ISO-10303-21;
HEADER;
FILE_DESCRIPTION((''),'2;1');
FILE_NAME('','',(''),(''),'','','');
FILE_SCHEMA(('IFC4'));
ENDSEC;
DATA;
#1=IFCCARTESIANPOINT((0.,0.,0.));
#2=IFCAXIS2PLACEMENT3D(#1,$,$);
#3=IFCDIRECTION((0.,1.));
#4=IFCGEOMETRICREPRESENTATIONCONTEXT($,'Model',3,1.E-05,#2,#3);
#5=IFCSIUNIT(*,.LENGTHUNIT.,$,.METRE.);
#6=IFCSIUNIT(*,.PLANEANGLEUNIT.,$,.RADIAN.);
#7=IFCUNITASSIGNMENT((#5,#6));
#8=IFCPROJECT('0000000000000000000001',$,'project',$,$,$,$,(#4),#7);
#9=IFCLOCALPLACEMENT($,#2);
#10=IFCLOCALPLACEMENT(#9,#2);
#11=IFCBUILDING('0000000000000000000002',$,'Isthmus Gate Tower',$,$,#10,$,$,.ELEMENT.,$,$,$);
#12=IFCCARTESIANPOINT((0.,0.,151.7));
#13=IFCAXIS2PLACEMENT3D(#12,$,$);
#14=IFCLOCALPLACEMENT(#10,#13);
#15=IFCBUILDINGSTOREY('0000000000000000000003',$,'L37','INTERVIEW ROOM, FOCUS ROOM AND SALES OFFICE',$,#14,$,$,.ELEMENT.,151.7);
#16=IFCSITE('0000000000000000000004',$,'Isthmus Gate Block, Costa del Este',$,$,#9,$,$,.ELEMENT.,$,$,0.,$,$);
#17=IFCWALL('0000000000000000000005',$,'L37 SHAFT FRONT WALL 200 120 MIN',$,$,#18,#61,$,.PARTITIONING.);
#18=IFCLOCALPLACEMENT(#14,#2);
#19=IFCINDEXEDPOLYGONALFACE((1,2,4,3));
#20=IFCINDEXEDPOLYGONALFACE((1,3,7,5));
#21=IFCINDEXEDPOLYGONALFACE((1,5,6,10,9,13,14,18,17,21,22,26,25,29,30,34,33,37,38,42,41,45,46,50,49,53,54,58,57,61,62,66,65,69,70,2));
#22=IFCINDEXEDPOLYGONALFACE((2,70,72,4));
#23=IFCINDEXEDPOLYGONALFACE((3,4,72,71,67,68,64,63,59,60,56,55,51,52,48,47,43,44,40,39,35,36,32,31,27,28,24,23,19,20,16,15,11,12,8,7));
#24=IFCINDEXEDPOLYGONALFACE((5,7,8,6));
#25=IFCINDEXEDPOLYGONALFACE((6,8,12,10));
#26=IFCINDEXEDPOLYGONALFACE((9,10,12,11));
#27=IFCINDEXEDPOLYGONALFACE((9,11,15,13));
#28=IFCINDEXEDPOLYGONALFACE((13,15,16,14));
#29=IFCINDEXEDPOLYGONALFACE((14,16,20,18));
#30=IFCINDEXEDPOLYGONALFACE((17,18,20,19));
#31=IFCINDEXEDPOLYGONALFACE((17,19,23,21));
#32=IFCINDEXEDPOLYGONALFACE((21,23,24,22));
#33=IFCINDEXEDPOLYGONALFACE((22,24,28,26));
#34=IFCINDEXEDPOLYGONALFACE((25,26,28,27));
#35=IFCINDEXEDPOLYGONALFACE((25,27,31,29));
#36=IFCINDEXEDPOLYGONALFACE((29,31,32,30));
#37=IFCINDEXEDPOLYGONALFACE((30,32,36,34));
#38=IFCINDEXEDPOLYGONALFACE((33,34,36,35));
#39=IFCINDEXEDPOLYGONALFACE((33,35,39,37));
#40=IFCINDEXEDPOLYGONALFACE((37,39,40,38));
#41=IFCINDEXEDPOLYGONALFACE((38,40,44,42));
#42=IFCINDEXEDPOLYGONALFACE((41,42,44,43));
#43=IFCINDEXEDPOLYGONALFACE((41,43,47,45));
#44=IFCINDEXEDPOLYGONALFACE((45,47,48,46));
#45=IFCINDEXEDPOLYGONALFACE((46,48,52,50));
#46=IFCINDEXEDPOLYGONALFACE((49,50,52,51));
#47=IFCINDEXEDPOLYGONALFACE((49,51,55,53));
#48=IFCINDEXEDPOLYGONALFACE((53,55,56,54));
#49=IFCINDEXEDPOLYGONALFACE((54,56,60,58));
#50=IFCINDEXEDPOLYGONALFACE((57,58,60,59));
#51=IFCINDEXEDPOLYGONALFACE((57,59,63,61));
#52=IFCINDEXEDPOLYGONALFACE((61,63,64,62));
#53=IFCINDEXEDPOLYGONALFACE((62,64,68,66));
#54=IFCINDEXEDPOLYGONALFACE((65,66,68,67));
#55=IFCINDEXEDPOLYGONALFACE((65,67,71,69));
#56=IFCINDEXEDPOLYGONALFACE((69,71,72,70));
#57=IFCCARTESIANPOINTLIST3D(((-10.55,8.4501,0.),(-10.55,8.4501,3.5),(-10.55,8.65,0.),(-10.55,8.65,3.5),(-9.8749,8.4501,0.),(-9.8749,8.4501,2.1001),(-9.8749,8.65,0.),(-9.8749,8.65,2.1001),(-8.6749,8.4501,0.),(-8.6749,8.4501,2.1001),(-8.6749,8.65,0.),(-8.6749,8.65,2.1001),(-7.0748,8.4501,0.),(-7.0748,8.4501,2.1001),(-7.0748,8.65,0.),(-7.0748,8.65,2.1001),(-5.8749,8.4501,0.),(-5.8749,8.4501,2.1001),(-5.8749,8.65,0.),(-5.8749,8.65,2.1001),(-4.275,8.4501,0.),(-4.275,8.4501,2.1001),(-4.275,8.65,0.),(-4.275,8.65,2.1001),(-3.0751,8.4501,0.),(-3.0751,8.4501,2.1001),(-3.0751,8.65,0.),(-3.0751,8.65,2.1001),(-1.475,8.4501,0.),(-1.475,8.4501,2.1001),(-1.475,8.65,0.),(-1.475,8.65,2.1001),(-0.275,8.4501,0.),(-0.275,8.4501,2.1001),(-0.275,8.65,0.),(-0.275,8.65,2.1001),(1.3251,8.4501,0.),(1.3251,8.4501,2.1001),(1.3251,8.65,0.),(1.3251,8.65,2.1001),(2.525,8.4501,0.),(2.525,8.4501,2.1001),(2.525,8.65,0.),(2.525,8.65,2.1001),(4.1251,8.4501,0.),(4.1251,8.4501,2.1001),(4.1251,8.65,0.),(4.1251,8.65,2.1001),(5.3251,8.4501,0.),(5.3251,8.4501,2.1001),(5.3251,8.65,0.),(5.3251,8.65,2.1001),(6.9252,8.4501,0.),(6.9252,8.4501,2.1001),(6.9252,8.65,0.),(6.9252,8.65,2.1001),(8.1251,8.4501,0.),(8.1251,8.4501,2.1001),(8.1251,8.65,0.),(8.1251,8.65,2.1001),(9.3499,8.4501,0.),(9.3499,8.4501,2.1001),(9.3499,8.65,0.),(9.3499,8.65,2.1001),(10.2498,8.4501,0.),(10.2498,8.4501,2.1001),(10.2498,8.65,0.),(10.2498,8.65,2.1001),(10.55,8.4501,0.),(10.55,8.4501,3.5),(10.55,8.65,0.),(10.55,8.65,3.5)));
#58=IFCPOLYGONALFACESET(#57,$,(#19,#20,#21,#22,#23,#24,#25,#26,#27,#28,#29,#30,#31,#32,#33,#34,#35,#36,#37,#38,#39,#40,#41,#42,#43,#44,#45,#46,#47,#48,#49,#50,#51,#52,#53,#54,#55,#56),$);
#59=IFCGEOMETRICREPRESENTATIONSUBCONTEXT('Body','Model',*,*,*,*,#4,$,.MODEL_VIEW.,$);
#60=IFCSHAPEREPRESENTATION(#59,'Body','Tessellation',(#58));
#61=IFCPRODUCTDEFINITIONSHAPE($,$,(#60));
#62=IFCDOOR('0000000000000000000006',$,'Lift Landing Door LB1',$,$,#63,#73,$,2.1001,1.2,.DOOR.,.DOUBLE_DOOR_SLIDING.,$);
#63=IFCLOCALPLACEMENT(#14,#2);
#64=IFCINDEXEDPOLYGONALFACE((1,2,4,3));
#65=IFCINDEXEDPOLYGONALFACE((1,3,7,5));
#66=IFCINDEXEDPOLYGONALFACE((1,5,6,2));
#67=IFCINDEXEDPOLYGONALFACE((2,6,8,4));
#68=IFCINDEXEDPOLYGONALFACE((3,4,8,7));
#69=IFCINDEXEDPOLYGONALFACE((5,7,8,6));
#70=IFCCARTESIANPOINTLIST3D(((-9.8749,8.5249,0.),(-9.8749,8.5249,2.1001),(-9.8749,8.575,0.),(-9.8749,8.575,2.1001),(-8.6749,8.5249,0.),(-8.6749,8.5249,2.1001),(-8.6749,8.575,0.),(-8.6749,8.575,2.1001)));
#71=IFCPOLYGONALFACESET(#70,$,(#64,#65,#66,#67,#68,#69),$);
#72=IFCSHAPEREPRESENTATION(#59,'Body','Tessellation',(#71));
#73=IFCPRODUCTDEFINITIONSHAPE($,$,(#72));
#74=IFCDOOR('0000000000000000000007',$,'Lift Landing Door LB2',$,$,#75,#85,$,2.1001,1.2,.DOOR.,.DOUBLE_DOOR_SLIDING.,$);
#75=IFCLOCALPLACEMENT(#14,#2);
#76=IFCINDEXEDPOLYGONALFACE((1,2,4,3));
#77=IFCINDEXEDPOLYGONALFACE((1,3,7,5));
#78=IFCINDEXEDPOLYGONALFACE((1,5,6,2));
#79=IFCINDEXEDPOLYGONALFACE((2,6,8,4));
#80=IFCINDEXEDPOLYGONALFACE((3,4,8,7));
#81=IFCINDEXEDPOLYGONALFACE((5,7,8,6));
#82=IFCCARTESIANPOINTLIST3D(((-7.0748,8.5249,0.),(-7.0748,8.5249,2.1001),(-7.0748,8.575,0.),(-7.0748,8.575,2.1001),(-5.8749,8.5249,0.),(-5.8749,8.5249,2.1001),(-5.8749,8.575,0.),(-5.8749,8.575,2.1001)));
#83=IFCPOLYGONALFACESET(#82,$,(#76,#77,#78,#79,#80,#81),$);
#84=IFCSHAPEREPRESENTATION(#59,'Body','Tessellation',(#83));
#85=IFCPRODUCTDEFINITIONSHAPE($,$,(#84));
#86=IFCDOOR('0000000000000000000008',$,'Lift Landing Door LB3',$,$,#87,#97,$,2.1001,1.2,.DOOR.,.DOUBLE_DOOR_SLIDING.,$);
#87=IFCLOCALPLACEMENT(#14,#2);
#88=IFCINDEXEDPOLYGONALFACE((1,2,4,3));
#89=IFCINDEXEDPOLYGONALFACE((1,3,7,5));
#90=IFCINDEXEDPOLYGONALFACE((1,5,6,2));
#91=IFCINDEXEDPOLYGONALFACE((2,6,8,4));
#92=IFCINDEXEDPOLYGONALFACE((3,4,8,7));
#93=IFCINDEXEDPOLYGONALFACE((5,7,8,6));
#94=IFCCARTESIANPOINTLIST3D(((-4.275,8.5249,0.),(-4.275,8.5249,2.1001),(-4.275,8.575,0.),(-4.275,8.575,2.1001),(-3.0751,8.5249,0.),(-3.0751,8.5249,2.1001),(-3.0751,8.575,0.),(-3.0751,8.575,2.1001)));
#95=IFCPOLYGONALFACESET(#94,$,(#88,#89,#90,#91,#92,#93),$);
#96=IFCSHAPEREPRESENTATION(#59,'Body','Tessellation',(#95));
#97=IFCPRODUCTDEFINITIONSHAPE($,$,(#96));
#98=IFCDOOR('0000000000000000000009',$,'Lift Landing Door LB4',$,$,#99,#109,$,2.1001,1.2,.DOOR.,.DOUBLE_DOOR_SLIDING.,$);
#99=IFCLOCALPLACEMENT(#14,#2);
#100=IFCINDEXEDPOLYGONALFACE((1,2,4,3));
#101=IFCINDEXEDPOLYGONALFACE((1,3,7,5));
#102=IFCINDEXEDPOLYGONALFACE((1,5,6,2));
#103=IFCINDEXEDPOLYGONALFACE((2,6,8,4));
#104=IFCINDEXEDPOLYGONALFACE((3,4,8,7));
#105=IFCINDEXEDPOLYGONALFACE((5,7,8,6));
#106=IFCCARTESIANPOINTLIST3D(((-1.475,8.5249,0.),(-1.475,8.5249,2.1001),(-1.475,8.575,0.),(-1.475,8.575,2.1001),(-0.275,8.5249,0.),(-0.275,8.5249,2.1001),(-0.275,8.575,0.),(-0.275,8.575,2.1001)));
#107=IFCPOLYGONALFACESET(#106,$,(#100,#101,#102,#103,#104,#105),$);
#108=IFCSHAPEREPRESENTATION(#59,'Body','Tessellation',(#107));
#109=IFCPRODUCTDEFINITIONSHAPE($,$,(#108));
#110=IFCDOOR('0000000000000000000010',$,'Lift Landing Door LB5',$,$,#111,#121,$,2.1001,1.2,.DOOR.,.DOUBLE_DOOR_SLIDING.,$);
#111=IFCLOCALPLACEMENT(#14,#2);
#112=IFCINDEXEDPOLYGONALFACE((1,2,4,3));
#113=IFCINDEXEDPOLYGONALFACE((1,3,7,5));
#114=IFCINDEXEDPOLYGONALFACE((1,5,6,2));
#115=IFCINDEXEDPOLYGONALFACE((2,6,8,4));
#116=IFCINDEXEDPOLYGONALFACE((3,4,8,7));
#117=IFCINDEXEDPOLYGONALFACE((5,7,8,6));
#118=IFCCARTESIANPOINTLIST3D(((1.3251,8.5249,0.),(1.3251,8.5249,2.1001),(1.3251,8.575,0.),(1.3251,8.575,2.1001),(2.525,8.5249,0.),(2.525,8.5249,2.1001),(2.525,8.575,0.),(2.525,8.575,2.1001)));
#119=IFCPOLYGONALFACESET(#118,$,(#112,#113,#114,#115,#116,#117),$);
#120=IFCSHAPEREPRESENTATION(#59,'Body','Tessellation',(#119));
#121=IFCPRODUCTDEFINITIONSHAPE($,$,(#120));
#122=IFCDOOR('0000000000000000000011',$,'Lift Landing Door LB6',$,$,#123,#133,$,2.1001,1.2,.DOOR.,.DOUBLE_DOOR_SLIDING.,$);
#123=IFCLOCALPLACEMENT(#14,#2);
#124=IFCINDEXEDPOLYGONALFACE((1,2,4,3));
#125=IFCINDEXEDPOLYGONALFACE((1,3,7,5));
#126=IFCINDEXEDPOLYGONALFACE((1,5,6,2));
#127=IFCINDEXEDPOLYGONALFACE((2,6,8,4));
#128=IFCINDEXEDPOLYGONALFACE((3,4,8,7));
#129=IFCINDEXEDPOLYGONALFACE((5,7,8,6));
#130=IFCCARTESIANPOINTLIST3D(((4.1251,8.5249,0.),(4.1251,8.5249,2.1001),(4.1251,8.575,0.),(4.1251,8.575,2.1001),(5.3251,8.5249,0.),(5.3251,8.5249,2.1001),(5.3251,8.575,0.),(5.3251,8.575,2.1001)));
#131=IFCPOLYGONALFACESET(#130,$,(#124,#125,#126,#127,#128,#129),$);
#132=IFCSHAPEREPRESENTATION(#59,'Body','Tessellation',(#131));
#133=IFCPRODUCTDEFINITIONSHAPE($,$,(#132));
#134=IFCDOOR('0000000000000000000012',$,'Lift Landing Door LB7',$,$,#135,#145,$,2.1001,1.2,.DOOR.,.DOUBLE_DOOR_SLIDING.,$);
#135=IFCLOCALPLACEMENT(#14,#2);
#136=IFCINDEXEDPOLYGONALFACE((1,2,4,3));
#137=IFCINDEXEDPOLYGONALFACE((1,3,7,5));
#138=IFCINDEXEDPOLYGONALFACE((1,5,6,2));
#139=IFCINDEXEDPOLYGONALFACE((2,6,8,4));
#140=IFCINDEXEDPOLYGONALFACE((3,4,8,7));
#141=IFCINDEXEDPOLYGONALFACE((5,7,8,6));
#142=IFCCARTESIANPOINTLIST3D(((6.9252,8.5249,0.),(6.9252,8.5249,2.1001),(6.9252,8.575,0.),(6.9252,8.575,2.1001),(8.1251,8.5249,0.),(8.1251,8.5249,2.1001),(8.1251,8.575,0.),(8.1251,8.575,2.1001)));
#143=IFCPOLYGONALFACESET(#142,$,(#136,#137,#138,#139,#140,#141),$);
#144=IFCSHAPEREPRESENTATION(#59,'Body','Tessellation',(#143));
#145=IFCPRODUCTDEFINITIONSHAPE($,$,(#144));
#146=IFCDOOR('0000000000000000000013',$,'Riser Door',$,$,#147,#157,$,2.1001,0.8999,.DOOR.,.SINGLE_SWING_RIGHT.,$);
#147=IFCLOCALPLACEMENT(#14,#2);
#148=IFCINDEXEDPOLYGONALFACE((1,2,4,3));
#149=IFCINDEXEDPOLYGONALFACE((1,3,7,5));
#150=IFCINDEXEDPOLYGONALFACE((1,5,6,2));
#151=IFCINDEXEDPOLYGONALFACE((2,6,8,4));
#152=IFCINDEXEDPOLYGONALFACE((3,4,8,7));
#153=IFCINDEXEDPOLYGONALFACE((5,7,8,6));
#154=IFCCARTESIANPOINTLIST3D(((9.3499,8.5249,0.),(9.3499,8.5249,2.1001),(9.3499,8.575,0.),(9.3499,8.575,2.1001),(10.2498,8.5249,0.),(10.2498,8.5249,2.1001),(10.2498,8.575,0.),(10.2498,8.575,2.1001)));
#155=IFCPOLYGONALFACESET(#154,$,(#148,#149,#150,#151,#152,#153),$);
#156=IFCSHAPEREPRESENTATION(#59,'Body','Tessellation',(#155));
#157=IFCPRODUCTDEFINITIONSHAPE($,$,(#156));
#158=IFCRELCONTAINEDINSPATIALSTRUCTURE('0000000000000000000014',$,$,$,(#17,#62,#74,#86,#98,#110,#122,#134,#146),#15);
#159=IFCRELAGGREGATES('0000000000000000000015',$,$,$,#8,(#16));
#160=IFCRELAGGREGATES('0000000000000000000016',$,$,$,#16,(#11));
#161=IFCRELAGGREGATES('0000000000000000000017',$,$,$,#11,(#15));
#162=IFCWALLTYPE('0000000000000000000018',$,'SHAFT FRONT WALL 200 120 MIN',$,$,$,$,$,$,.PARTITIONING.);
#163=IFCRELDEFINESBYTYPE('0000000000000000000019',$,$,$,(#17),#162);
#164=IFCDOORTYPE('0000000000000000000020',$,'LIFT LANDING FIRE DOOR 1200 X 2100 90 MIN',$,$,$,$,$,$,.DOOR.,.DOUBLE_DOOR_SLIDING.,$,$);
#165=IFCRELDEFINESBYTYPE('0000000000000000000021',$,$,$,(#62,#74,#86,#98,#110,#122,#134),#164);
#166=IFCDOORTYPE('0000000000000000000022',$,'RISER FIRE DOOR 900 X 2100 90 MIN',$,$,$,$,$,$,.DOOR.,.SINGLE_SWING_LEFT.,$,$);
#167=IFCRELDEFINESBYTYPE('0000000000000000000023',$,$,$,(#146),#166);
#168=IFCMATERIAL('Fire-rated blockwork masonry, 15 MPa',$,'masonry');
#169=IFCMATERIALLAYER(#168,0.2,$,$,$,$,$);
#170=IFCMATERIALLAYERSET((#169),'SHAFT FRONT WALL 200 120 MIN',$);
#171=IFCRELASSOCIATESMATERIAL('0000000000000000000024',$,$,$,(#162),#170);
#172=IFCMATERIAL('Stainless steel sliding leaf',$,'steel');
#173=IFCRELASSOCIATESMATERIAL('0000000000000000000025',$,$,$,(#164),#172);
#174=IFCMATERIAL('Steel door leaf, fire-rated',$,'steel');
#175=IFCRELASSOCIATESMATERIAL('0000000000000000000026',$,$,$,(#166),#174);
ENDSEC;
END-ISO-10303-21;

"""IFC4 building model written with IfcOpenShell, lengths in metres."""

from ifc_helpers import new_model, si_unit, direction, frame, frame_2d, origin, place, context, subcontext, project, spatial, rectangle, extrude, material, layer, layer_set, type_object, element, fill, save


model = new_model("IFC4")

# Units and contexts
model_context = context("Model", 3, precision=1e-05, world=origin(), true_north=direction((0.0, 1.0)))
body_context = subcontext(model_context, "Body", "Model", "MODEL_VIEW")
ifc_project = project(units=[si_unit("LENGTHUNIT", "METRE"), si_unit("PLANEANGLEUNIT", "RADIAN")], contexts=[model_context])

# Site, building, storey
site_placement = place(None, origin())
site = spatial("IfcSite", under=ifc_project, at=site_placement, Name="Isthmus Gate Block, Costa del Este", CompositionType="ELEMENT", RefElevation=0.0)
building_placement = place(site_placement, origin())
building = spatial("IfcBuilding", under=site, at=building_placement, Name="Isthmus Gate Tower", CompositionType="ELEMENT")
storey_placement = place(building_placement, frame((0.0, 0.0, 151.7)))
storey = spatial("IfcBuildingStorey", under=building, at=storey_placement, Name="L37", Description="INTERVIEW ROOM, FOCUS ROOM AND SALES OFFICE", CompositionType="ELEMENT", Elevation=151.7)

# Wall, openings, doors
ifc_material_1 = material(Name="Fire-rated blockwork masonry, 15 MPa", Category="masonry")
ifc_layer_1 = layer(ifc_material_1, 0.2)
ifc_layer_set_1 = layer_set([ifc_layer_1], Name="SHAFT FRONT WALL 200 120 MIN")
wall_type_1 = type_object("IfcWallType", Name="SHAFT FRONT WALL 200 120 MIN", PredefinedType="PARTITIONING", material=ifc_layer_set_1)
wall_1_placement = place(storey_placement, frame((-10.55, 8.55, 0.0), z_axis=(0.0, 0.0, 1.0), x_axis=(1.0, 0.0, 0.0)))
wall_1 = element("IfcWall", 1, at=wall_1_placement, inside=storey, type_object=wall_type_1, Name="L37 SHAFT FRONT WALL 200 120 MIN", PredefinedType="PARTITIONING", context=body_context, shape_type="SweptSolid", body=[
    extrude(rectangle(XDim=21.1001, YDim=0.2, at=frame_2d((10.55, 0.0))), origin(), (0.0, 0.0, 1.0), 3.5),
])
opening_1_placement = place(wall_1_placement, frame((0.675, 0.0, 0.0)))
opening_1 = element("IfcOpeningElement", 2, at=opening_1_placement, cuts=wall_1, PredefinedType="OPENING", context=body_context, shape_type="SweptSolid", body=[
    extrude(rectangle(XDim=1.2, YDim=2.1001, at=frame_2d((0.6001, 1.05))), frame((0.0, 0.1099, 0.0), z_axis=(0.0, -1.0, 0.0), x_axis=(1.0, 0.0, 0.0)), (0.0, 0.0, 1.0), 0.22),
])
opening_2_placement = place(wall_1_placement, frame((3.4751, 0.0, 0.0)))
opening_2 = element("IfcOpeningElement", 3, at=opening_2_placement, cuts=wall_1, PredefinedType="OPENING", context=body_context, shape_type="SweptSolid", body=[
    extrude(rectangle(XDim=1.2, YDim=2.1001, at=frame_2d((0.6001, 1.05))), frame((0.0, 0.1099, 0.0), z_axis=(0.0, -1.0, 0.0), x_axis=(1.0, 0.0, 0.0)), (0.0, 0.0, 1.0), 0.22),
])
opening_3_placement = place(wall_1_placement, frame((6.2749, 0.0, 0.0)))
opening_3 = element("IfcOpeningElement", 4, at=opening_3_placement, cuts=wall_1, PredefinedType="OPENING", context=body_context, shape_type="SweptSolid", body=[
    extrude(rectangle(XDim=1.2, YDim=2.1001, at=frame_2d((0.6001, 1.05))), frame((0.0, 0.1099, 0.0), z_axis=(0.0, -1.0, 0.0), x_axis=(1.0, 0.0, 0.0)), (0.0, 0.0, 1.0), 0.22),
])
opening_4_placement = place(wall_1_placement, frame((9.075, 0.0, 0.0)))
opening_4 = element("IfcOpeningElement", 5, at=opening_4_placement, cuts=wall_1, PredefinedType="OPENING", context=body_context, shape_type="SweptSolid", body=[
    extrude(rectangle(XDim=1.2, YDim=2.1001, at=frame_2d((0.6001, 1.05))), frame((0.0, 0.1099, 0.0), z_axis=(0.0, -1.0, 0.0), x_axis=(1.0, 0.0, 0.0)), (0.0, 0.0, 1.0), 0.22),
])
opening_5_placement = place(wall_1_placement, frame((11.875, 0.0, 0.0)))
opening_5 = element("IfcOpeningElement", 6, at=opening_5_placement, cuts=wall_1, PredefinedType="OPENING", context=body_context, shape_type="SweptSolid", body=[
    extrude(rectangle(XDim=1.2, YDim=2.1001, at=frame_2d((0.6001, 1.05))), frame((0.0, 0.1099, 0.0), z_axis=(0.0, -1.0, 0.0), x_axis=(1.0, 0.0, 0.0)), (0.0, 0.0, 1.0), 0.22),
])
opening_6_placement = place(wall_1_placement, frame((14.675, 0.0, 0.0)))
opening_6 = element("IfcOpeningElement", 7, at=opening_6_placement, cuts=wall_1, PredefinedType="OPENING", context=body_context, shape_type="SweptSolid", body=[
    extrude(rectangle(XDim=1.2, YDim=2.1001, at=frame_2d((0.6001, 1.05))), frame((0.0, 0.1099, 0.0), z_axis=(0.0, -1.0, 0.0), x_axis=(1.0, 0.0, 0.0)), (0.0, 0.0, 1.0), 0.22),
])
opening_7_placement = place(wall_1_placement, frame((17.4751, 0.0, 0.0)))
opening_7 = element("IfcOpeningElement", 8, at=opening_7_placement, cuts=wall_1, PredefinedType="OPENING", context=body_context, shape_type="SweptSolid", body=[
    extrude(rectangle(XDim=1.2, YDim=2.1001, at=frame_2d((0.6001, 1.05))), frame((0.0, 0.1099, 0.0), z_axis=(0.0, -1.0, 0.0), x_axis=(1.0, 0.0, 0.0)), (0.0, 0.0, 1.0), 0.22),
])
opening_8_placement = place(wall_1_placement, frame((19.8999, 0.0, 0.0)))
opening_8 = element("IfcOpeningElement", 9, at=opening_8_placement, cuts=wall_1, PredefinedType="OPENING", context=body_context, shape_type="SweptSolid", body=[
    extrude(rectangle(XDim=0.8999, YDim=2.1001, at=frame_2d((0.45, 1.05))), frame((0.0, 0.1099, 0.0), z_axis=(0.0, -1.0, 0.0), x_axis=(1.0, 0.0, 0.0)), (0.0, 0.0, 1.0), 0.22),
])
ifc_material_2 = material(Name="Stainless steel sliding leaf", Category="steel")
door_type_1 = type_object("IfcDoorType", Name="LIFT LANDING FIRE DOOR 1200 X 2100 90 MIN", OperationType="DOUBLE_DOOR_SLIDING", PredefinedType="DOOR", material=ifc_material_2)
door_1_placement = place(opening_1_placement, origin())
door_1 = element("IfcDoor", 10, at=door_1_placement, inside=storey, type_object=door_type_1, Name="Lift Landing Door LB1", OperationType="DOUBLE_DOOR_SLIDING", OverallHeight=2.1001, OverallWidth=1.2, PredefinedType="DOOR", context=body_context, shape_type="SweptSolid", body=[
    extrude(rectangle(XDim=1.2, YDim=2.1001, at=frame_2d((0.6001, 1.05))), frame((0.0, 0.0249, 0.0), z_axis=(0.0, -1.0, 0.0), x_axis=(1.0, 0.0, 0.0)), (0.0, 0.0, 1.0), 0.05),
])
fill(opening_1, door_1)
door_2_placement = place(opening_2_placement, origin())
door_2 = element("IfcDoor", 11, at=door_2_placement, inside=storey, type_object=door_type_1, Name="Lift Landing Door LB2", OperationType="DOUBLE_DOOR_SLIDING", OverallHeight=2.1001, OverallWidth=1.2, PredefinedType="DOOR", context=body_context, shape_type="SweptSolid", body=[
    extrude(rectangle(XDim=1.2, YDim=2.1001, at=frame_2d((0.6001, 1.05))), frame((0.0, 0.0249, 0.0), z_axis=(0.0, -1.0, 0.0), x_axis=(1.0, 0.0, 0.0)), (0.0, 0.0, 1.0), 0.05),
])
fill(opening_2, door_2)
door_3_placement = place(opening_3_placement, origin())
door_3 = element("IfcDoor", 12, at=door_3_placement, inside=storey, type_object=door_type_1, Name="Lift Landing Door LB3", OperationType="DOUBLE_DOOR_SLIDING", OverallHeight=2.1001, OverallWidth=1.2, PredefinedType="DOOR", context=body_context, shape_type="SweptSolid", body=[
    extrude(rectangle(XDim=1.2, YDim=2.1001, at=frame_2d((0.6001, 1.05))), frame((0.0, 0.0249, 0.0), z_axis=(0.0, -1.0, 0.0), x_axis=(1.0, 0.0, 0.0)), (0.0, 0.0, 1.0), 0.05),
])
fill(opening_3, door_3)
door_4_placement = place(opening_4_placement, origin())
door_4 = element("IfcDoor", 13, at=door_4_placement, inside=storey, type_object=door_type_1, Name="Lift Landing Door LB4", OperationType="DOUBLE_DOOR_SLIDING", OverallHeight=2.1001, OverallWidth=1.2, PredefinedType="DOOR", context=body_context, shape_type="SweptSolid", body=[
    extrude(rectangle(XDim=1.2, YDim=2.1001, at=frame_2d((0.6001, 1.05))), frame((0.0, 0.0249, 0.0), z_axis=(0.0, -1.0, 0.0), x_axis=(1.0, 0.0, 0.0)), (0.0, 0.0, 1.0), 0.05),
])
fill(opening_4, door_4)
door_5_placement = place(opening_5_placement, origin())
door_5 = element("IfcDoor", 14, at=door_5_placement, inside=storey, type_object=door_type_1, Name="Lift Landing Door LB5", OperationType="DOUBLE_DOOR_SLIDING", OverallHeight=2.1001, OverallWidth=1.2, PredefinedType="DOOR", context=body_context, shape_type="SweptSolid", body=[
    extrude(rectangle(XDim=1.2, YDim=2.1001, at=frame_2d((0.6001, 1.05))), frame((0.0, 0.0249, 0.0), z_axis=(0.0, -1.0, 0.0), x_axis=(1.0, 0.0, 0.0)), (0.0, 0.0, 1.0), 0.05),
])
fill(opening_5, door_5)
door_6_placement = place(opening_6_placement, origin())
door_6 = element("IfcDoor", 15, at=door_6_placement, inside=storey, type_object=door_type_1, Name="Lift Landing Door LB6", OperationType="DOUBLE_DOOR_SLIDING", OverallHeight=2.1001, OverallWidth=1.2, PredefinedType="DOOR", context=body_context, shape_type="SweptSolid", body=[
    extrude(rectangle(XDim=1.2, YDim=2.1001, at=frame_2d((0.6001, 1.05))), frame((0.0, 0.0249, 0.0), z_axis=(0.0, -1.0, 0.0), x_axis=(1.0, 0.0, 0.0)), (0.0, 0.0, 1.0), 0.05),
])
fill(opening_6, door_6)
door_7_placement = place(opening_7_placement, origin())
door_7 = element("IfcDoor", 16, at=door_7_placement, inside=storey, type_object=door_type_1, Name="Lift Landing Door LB7", OperationType="DOUBLE_DOOR_SLIDING", OverallHeight=2.1001, OverallWidth=1.2, PredefinedType="DOOR", context=body_context, shape_type="SweptSolid", body=[
    extrude(rectangle(XDim=1.2, YDim=2.1001, at=frame_2d((0.6001, 1.05))), frame((0.0, 0.0249, 0.0), z_axis=(0.0, -1.0, 0.0), x_axis=(1.0, 0.0, 0.0)), (0.0, 0.0, 1.0), 0.05),
])
fill(opening_7, door_7)
ifc_material_3 = material(Name="Steel door leaf, fire-rated", Category="steel")
door_type_2 = type_object("IfcDoorType", Name="RISER FIRE DOOR 900 X 2100 90 MIN", OperationType="SINGLE_SWING_LEFT", PredefinedType="DOOR", material=ifc_material_3)
door_8_placement = place(opening_8_placement, origin())
door_8 = element("IfcDoor", 17, at=door_8_placement, inside=storey, type_object=door_type_2, Name="Riser Door", OperationType="SINGLE_SWING_RIGHT", OverallHeight=2.1001, OverallWidth=0.8999, PredefinedType="DOOR", context=body_context, shape_type="SweptSolid", body=[
    extrude(rectangle(XDim=0.8999, YDim=2.1001, at=frame_2d((0.45, 1.05))), frame((0.0, 0.0249, 0.0), z_axis=(0.0, -1.0, 0.0), x_axis=(1.0, 0.0, 0.0)), (0.0, 0.0, 1.0), 0.05),
])
fill(opening_8, door_8)

save(model, "model.ifc")
